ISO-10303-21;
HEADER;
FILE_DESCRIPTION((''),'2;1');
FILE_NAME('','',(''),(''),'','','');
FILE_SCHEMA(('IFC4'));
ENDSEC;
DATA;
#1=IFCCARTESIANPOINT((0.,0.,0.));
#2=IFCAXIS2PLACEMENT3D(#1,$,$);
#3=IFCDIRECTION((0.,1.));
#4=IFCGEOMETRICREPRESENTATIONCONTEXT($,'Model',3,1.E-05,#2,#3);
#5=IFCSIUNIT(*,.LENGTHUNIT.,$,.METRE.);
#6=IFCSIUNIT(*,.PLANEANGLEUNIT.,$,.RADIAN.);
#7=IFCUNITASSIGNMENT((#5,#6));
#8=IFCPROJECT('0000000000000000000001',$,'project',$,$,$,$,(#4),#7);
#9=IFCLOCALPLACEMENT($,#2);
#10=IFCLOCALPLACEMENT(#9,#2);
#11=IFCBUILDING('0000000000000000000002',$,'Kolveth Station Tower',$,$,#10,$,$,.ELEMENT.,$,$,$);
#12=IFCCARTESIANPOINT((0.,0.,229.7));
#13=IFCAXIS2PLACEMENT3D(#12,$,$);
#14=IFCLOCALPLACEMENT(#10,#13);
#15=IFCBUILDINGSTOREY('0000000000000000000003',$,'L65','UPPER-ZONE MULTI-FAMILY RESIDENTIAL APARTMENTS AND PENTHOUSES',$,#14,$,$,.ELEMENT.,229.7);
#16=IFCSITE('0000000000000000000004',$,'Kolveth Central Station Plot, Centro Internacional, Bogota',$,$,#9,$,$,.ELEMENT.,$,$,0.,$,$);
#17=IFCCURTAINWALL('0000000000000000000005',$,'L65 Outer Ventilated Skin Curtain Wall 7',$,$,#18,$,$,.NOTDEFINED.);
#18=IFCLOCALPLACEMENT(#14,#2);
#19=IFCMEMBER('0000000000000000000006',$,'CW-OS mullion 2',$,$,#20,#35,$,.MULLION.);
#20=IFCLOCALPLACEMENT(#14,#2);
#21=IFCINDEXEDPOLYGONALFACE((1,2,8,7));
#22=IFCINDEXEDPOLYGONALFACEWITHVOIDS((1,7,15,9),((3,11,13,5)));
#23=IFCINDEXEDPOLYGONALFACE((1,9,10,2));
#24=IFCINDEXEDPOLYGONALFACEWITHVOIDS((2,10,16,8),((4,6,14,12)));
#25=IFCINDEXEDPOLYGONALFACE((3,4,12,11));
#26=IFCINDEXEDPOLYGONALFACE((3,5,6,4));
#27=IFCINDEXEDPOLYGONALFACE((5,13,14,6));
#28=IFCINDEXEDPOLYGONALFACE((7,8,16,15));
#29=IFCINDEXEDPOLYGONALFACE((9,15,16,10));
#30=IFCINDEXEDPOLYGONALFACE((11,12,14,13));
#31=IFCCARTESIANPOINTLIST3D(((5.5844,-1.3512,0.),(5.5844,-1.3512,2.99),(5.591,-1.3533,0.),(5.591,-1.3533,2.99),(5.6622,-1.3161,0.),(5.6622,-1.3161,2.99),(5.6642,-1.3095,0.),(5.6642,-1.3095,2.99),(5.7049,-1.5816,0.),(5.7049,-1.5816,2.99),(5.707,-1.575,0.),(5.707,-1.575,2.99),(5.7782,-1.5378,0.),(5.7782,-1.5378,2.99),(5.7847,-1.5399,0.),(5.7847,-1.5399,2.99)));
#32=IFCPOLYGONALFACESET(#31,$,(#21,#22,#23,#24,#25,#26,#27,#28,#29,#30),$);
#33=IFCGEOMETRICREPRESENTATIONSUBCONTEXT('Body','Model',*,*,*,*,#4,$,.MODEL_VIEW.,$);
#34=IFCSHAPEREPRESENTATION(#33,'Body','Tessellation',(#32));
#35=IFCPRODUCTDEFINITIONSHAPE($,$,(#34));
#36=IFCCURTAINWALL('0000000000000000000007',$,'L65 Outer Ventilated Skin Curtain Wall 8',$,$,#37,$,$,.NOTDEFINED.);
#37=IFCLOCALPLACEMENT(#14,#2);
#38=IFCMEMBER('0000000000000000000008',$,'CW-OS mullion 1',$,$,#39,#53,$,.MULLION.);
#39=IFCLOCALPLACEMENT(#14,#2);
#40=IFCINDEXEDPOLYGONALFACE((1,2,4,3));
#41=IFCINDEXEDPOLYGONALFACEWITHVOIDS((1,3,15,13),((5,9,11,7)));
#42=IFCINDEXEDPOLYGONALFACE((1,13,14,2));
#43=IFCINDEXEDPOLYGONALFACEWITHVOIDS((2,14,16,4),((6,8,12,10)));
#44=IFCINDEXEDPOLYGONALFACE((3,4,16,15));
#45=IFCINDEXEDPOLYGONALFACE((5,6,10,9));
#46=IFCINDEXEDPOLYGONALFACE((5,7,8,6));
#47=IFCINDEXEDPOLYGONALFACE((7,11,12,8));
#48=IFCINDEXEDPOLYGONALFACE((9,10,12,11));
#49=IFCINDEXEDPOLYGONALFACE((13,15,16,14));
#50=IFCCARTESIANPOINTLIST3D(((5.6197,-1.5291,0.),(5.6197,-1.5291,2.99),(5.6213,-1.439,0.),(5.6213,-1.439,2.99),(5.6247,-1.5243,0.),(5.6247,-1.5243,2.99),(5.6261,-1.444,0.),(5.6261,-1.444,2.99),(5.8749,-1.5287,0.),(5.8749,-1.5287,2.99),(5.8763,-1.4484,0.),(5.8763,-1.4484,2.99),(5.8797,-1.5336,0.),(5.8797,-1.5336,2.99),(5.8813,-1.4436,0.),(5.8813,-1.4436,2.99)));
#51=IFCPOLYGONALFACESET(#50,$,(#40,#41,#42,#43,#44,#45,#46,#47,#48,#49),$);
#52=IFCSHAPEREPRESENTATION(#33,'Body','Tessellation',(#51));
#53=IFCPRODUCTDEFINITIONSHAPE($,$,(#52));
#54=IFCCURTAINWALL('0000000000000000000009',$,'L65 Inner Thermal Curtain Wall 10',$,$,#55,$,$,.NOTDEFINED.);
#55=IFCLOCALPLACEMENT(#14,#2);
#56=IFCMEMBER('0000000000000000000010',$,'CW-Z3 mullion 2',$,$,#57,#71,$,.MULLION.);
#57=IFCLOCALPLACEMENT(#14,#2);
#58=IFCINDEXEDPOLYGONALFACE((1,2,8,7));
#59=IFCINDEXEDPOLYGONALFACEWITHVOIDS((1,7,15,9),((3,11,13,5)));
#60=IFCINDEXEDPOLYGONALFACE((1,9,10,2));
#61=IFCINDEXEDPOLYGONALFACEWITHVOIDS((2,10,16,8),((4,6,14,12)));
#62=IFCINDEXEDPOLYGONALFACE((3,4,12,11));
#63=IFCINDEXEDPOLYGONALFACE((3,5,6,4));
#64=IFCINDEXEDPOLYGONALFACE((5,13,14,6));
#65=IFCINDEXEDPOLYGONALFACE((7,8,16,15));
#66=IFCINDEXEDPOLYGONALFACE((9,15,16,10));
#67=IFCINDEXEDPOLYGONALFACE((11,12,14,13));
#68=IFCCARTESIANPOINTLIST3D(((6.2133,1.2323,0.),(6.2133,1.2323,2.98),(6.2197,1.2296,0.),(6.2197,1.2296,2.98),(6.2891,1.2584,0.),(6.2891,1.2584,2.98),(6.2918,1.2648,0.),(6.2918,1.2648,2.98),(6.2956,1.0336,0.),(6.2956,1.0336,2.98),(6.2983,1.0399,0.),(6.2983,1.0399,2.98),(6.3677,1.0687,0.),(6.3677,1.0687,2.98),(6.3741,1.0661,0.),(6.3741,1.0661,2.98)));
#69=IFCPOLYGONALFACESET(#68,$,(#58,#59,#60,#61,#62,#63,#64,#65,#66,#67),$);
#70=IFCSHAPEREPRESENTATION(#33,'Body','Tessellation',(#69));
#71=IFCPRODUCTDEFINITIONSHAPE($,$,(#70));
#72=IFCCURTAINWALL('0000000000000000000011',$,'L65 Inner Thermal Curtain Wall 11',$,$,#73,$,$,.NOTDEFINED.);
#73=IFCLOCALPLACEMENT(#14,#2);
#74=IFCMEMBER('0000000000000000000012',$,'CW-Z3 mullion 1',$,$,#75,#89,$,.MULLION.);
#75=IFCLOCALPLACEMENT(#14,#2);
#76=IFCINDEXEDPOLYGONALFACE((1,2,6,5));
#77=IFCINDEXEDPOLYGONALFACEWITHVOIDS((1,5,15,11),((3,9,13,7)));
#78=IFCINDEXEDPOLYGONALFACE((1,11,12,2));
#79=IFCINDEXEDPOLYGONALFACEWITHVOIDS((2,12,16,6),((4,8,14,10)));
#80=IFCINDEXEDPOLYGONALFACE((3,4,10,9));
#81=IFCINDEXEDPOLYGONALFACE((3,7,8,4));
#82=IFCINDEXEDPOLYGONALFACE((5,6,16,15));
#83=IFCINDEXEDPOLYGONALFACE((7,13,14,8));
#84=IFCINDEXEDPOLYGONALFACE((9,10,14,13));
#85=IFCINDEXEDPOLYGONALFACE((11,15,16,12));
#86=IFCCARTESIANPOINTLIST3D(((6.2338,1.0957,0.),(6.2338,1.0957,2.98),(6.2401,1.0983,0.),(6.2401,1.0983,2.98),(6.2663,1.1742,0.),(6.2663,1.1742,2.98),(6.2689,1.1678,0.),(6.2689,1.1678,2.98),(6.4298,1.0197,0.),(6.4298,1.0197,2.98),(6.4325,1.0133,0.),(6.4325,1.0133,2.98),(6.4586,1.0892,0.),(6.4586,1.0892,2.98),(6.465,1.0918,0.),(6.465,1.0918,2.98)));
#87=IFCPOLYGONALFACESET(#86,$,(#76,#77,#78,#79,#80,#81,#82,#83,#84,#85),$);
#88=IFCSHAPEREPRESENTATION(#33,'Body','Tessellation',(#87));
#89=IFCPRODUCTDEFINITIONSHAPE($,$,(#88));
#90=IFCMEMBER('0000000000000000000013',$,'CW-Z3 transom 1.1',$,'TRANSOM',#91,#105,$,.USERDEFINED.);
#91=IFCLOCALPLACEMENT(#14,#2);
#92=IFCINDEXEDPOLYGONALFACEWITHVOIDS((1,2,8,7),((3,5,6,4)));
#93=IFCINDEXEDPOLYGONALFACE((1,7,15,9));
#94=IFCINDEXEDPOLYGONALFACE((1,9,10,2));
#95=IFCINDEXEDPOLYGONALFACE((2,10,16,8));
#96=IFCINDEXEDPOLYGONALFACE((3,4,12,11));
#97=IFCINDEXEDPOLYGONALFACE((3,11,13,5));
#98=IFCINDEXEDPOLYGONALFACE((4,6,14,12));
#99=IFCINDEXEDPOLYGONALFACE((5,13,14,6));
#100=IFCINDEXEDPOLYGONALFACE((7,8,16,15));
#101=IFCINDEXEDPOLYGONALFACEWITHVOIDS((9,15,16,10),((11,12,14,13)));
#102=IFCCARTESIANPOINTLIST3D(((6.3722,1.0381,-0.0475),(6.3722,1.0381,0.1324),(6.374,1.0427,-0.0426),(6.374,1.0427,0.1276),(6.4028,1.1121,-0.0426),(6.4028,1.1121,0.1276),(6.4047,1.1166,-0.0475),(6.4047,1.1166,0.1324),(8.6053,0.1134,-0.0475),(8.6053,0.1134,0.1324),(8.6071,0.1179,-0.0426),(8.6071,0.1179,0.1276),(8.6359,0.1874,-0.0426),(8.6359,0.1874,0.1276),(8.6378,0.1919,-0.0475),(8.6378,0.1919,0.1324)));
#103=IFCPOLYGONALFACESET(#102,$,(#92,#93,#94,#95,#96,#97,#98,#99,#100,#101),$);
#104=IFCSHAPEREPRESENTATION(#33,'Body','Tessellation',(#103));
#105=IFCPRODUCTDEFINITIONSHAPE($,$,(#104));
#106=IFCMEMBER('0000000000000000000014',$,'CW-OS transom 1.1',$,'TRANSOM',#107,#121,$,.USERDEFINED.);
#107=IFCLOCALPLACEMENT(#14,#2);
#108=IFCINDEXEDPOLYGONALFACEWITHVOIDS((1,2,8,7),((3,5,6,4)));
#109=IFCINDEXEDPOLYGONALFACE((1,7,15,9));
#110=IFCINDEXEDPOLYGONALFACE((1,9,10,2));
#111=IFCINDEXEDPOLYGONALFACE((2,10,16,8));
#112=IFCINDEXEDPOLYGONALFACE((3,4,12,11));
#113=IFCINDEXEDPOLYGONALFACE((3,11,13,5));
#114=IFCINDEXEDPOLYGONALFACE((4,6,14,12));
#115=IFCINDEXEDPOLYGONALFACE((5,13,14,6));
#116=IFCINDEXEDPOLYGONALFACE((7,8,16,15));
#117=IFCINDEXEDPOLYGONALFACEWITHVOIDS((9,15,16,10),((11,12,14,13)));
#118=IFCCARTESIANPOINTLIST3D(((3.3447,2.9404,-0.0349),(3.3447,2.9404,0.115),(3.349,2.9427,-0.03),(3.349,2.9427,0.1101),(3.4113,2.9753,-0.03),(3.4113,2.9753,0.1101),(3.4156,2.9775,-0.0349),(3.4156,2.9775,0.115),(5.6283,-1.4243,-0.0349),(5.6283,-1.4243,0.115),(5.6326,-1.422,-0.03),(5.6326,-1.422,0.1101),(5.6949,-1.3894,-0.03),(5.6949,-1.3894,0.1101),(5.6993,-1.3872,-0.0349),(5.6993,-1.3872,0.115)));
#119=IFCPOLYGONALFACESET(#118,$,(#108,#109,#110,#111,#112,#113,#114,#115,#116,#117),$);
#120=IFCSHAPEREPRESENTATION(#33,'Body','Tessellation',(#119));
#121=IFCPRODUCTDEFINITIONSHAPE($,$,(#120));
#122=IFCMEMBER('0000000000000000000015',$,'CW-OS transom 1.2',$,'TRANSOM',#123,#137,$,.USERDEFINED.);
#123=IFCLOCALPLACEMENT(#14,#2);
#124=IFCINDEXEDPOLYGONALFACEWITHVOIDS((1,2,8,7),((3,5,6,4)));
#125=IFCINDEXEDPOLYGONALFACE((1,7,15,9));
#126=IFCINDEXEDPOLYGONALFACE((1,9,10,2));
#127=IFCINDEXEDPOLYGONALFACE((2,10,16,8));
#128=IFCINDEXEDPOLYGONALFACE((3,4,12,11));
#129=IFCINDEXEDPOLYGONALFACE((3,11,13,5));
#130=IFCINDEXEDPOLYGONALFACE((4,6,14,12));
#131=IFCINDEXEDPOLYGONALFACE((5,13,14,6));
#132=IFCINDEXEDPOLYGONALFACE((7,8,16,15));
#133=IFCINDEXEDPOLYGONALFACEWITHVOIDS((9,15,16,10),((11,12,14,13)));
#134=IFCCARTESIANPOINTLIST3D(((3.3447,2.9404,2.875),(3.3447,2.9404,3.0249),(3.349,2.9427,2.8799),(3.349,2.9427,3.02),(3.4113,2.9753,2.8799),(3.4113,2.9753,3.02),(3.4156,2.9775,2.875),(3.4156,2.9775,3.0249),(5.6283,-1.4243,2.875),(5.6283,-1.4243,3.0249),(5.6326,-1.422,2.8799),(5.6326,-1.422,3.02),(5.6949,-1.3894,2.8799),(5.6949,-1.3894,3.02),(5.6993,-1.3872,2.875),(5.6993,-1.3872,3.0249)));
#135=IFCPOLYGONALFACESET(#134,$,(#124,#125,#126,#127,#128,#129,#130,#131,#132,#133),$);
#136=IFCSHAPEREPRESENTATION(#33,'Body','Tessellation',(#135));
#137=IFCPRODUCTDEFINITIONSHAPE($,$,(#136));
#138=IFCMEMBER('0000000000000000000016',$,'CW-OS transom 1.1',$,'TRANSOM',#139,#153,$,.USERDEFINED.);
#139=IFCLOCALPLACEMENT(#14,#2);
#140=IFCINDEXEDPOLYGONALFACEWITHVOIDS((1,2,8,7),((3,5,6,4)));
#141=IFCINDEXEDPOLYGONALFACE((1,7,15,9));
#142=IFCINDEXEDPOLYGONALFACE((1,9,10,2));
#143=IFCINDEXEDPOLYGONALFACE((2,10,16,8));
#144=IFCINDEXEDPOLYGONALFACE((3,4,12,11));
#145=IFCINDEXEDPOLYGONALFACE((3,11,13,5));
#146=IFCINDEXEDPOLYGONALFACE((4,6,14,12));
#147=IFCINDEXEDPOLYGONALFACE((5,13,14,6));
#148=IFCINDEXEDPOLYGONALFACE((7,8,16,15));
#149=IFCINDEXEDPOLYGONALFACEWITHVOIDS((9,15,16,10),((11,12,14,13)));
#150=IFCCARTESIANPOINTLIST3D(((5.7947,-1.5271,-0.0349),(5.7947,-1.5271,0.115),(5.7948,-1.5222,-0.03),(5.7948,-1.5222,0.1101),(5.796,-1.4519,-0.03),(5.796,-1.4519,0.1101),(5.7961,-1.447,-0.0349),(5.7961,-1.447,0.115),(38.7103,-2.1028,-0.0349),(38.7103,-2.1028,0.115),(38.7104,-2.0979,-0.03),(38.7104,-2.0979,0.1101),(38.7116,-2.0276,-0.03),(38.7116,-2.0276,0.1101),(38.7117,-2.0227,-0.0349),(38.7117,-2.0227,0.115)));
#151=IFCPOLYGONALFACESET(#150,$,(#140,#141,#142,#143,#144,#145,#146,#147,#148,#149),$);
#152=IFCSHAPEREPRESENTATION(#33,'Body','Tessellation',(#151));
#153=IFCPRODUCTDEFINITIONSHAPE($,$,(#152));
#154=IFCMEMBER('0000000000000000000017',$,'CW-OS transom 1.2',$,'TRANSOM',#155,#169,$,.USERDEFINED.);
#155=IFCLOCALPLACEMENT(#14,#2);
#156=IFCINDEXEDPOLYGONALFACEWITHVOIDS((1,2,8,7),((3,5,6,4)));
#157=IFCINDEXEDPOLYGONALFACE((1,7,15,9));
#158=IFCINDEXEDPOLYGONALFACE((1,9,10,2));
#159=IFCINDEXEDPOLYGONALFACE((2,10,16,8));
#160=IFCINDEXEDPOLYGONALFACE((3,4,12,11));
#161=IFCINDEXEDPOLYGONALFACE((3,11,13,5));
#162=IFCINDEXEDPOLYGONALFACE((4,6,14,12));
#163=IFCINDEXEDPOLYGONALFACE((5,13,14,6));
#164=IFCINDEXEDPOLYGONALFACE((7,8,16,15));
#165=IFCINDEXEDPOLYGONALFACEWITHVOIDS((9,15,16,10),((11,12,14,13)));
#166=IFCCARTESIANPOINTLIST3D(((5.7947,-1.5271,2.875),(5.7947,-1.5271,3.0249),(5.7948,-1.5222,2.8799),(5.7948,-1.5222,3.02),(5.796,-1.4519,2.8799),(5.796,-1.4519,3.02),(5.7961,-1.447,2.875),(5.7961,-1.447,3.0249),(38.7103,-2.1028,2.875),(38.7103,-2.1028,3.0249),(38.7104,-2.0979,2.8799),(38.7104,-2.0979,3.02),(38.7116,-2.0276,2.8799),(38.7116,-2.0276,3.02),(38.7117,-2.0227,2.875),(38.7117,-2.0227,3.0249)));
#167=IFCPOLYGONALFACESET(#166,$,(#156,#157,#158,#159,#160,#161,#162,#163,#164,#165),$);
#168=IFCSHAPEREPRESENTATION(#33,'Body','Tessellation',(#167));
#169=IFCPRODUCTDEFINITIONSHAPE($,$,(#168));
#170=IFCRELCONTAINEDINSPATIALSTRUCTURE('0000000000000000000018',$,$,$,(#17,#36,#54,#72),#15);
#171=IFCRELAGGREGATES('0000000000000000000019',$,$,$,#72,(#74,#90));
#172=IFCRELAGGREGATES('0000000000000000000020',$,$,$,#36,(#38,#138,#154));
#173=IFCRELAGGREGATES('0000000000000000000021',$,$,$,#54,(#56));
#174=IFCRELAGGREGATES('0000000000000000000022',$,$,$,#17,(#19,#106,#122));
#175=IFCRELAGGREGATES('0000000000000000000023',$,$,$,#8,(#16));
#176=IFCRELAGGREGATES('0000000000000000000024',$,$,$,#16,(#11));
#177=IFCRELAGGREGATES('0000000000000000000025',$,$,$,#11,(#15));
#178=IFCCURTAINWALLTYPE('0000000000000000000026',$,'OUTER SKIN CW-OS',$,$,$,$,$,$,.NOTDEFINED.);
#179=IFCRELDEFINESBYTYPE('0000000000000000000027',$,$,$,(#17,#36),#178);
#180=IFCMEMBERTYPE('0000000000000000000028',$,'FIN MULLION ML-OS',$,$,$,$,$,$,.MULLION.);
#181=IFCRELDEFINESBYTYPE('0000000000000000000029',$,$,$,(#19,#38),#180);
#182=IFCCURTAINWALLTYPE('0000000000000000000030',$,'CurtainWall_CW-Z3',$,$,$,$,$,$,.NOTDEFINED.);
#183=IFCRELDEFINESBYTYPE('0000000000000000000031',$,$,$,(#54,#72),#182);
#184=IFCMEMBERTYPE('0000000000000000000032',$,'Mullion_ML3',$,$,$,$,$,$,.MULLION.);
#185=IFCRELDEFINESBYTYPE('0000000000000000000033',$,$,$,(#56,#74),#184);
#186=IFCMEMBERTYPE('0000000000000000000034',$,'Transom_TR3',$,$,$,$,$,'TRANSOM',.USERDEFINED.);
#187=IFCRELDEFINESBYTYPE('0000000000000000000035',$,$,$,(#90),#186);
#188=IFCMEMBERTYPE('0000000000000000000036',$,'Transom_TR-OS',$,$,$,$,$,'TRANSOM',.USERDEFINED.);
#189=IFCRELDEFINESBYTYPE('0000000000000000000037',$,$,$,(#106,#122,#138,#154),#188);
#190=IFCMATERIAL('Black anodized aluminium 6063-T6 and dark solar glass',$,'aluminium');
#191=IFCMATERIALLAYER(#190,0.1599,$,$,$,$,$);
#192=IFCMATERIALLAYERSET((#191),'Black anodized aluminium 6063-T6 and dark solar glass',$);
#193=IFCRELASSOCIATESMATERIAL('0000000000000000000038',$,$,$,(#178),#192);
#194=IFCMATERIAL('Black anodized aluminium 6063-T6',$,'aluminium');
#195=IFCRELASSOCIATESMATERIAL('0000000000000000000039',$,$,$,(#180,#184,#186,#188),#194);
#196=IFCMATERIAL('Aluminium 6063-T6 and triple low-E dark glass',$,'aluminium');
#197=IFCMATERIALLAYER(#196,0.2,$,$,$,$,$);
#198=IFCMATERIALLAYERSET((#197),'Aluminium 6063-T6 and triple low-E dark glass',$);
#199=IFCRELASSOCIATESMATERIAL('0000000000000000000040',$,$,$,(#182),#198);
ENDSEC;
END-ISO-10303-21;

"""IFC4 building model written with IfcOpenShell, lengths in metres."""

from ifc_helpers import new_model, si_unit, direction, frame, origin, origin_2d, place, context, subcontext, project, spatial, hollow_rectangle, extrude, source, transform, mapped, material, layer, layer_set, material_profile, profile_set, type_object, element, aggregate, save


model = new_model("IFC4")

# Units and contexts
model_context = context("Model", 3, precision=1e-05, world=origin(), true_north=direction((0.0, 1.0)))
body_context = subcontext(model_context, "Body", "Model", "MODEL_VIEW")
ifc_project = project(units=[si_unit("LENGTHUNIT", "METRE"), si_unit("PLANEANGLEUNIT", "RADIAN")], contexts=[model_context])

# Site, building, storey
site_placement = place(None, origin())
site = spatial("IfcSite", under=ifc_project, at=site_placement, Name="Kolveth Central Station Plot, Centro Internacional, Bogota", CompositionType="ELEMENT", RefElevation=0.0)
building_placement = place(site_placement, origin())
building = spatial("IfcBuilding", under=site, at=building_placement, Name="Kolveth Station Tower", CompositionType="ELEMENT")
storey_placement = place(building_placement, frame((0.0, 0.0, 229.7)))
storey = spatial("IfcBuildingStorey", under=building, at=storey_placement, Name="L65", Description="UPPER-ZONE MULTI-FAMILY RESIDENTIAL APARTMENTS AND PENTHOUSES", CompositionType="ELEMENT", Elevation=229.7)

# Curtain walls, members
ifc_material_1 = material(Name="Black anodized aluminium 6063-T6 and dark solar glass", Category="aluminium")
ifc_layer_1 = layer(ifc_material_1, 0.1599)
ifc_layer_set_1 = layer_set([ifc_layer_1], Name="Black anodized aluminium 6063-T6 and dark solar glass")
curtain_wall_type_1 = type_object("IfcCurtainWallType", Name="OUTER SKIN CW-OS", PredefinedType="NOTDEFINED", material=ifc_layer_set_1)
curtain_wall_1_placement = place(storey_placement, origin())
curtain_wall_1 = element("IfcCurtainWall", 1, at=curtain_wall_1_placement, inside=storey, type_object=curtain_wall_type_1, Name="L65 Outer Ventilated Skin Curtain Wall 7", PredefinedType="NOTDEFINED")
ifc_material_2 = material(Name="Black anodized aluminium 6063-T6", Category="aluminium")
ifc_material_profile_1 = material_profile(ifc_material_2, hollow_rectangle(XDim=0.0901, YDim=0.26, WallThickness=0.0049, at=origin_2d()), Name="ALU-90x260x5")
ifc_profile_set_1 = profile_set([ifc_material_profile_1], Name="Black anodized aluminium 6063-T6")
member_type_1 = type_object("IfcMemberType", Name="FIN MULLION ML-OS", PredefinedType="MULLION", material=ifc_profile_set_1)
shared_shape_1 = source(origin(), body_context, "Body", "SweptSolid", [
    extrude(hollow_rectangle(XDim=0.0901, YDim=0.26, WallThickness=0.0049, at=origin_2d()), origin(), (0.0, 0.0, 1.0), 2.99),
])
member_1_placement = place(storey_placement, frame((5.6846, -1.4456, 0.0), z_axis=(0.0, 0.0, 1.0), x_axis=(0.886063, 0.463566, 0.0)))
member_1 = element("IfcMember", 2, at=member_1_placement, type_object=member_type_1, Name="CW-OS mullion 2", PredefinedType="MULLION", context=body_context, shape_type="MappedRepresentation", body=[
    mapped(shared_shape_1, transform((0.0, 0.0, 0.0), x_axis=(1.0, 0.0, 0.0), y_axis=(0.0, 1.0, 0.0), z_axis=(0.0, 0.0, 1.0), scale=1.0)),
])
curtain_wall_2_placement = place(storey_placement, origin())
curtain_wall_2 = element("IfcCurtainWall", 3, at=curtain_wall_2_placement, inside=storey, type_object=curtain_wall_type_1, Name="L65 Outer Ventilated Skin Curtain Wall 8", PredefinedType="NOTDEFINED")
member_2_placement = place(storey_placement, frame((5.7505, -1.4863, 0.0), z_axis=(0.0, 0.0, 1.0), x_axis=(0.017489, 0.999847, 0.0)))
member_2 = element("IfcMember", 4, at=member_2_placement, type_object=member_type_1, Name="CW-OS mullion 1", PredefinedType="MULLION", context=body_context, shape_type="MappedRepresentation", body=[
    mapped(shared_shape_1, transform((0.0, 0.0, 0.0), x_axis=(1.0, 0.0, 0.0), y_axis=(0.0, 1.0, 0.0), z_axis=(0.0, 0.0, 1.0), scale=1.0)),
])
ifc_material_3 = material(Name="Aluminium 6063-T6 and triple low-E dark glass", Category="aluminium")
ifc_layer_2 = layer(ifc_material_3, 0.2)
ifc_layer_set_2 = layer_set([ifc_layer_2], Name="Aluminium 6063-T6 and triple low-E dark glass")
curtain_wall_type_2 = type_object("IfcCurtainWallType", Name="CurtainWall_CW-Z3", PredefinedType="NOTDEFINED", material=ifc_layer_set_2)
curtain_wall_3_placement = place(storey_placement, origin())
curtain_wall_3 = element("IfcCurtainWall", 5, at=curtain_wall_3_placement, inside=storey, type_object=curtain_wall_type_2, Name="L65 Inner Thermal Curtain Wall 10", PredefinedType="NOTDEFINED")
ifc_material_profile_2 = material_profile(ifc_material_2, hollow_rectangle(XDim=0.085, YDim=0.2151, WallThickness=0.0049, at=origin_2d()), Name="ALU-85x215x5")
ifc_profile_set_2 = profile_set([ifc_material_profile_2], Name="Black anodized aluminium 6063-T6")
member_type_2 = type_object("IfcMemberType", Name="Mullion_ML3", PredefinedType="MULLION", material=ifc_profile_set_2)
shared_shape_2 = source(origin(), body_context, "Body", "SweptSolid", [
    extrude(hollow_rectangle(XDim=0.085, YDim=0.2151, WallThickness=0.0049, at=origin_2d()), origin(), (0.0, 0.0, 1.0), 2.98),
])
member_3_placement = place(storey_placement, frame((6.2937, 1.1492, 0.0), z_axis=(0.0, 0.0, 1.0), x_axis=(0.923875, 0.382693, 0.0)))
member_3 = element("IfcMember", 6, at=member_3_placement, type_object=member_type_2, Name="CW-Z3 mullion 2", PredefinedType="MULLION", context=body_context, shape_type="MappedRepresentation", body=[
    mapped(shared_shape_2, transform((0.0, 0.0, 0.0), x_axis=(1.0, 0.0, 0.0), y_axis=(0.0, 1.0, 0.0), z_axis=(0.0, 0.0, 1.0), scale=1.0)),
])

# Curtain wall, members
curtain_wall_4_placement = place(storey_placement, origin())
curtain_wall_4 = element("IfcCurtainWall", 7, at=curtain_wall_4_placement, inside=storey, type_object=curtain_wall_type_2, Name="L65 Inner Thermal Curtain Wall 11", PredefinedType="NOTDEFINED")
member_4_placement = place(storey_placement, frame((6.3494, 1.0938, 0.0), z_axis=(0.0, 0.0, 1.0), x_axis=(0.382693, 0.923875, 0.0)))
member_4 = element("IfcMember", 8, at=member_4_placement, type_object=member_type_2, Name="CW-Z3 mullion 1", PredefinedType="MULLION", context=body_context, shape_type="MappedRepresentation", body=[
    mapped(shared_shape_2, transform((0.0, 0.0, 0.0), x_axis=(1.0, 0.0, 0.0), y_axis=(0.0, 1.0, 0.0), z_axis=(0.0, 0.0, 1.0), scale=1.0)),
])
ifc_material_profile_3 = material_profile(ifc_material_2, hollow_rectangle(XDim=0.085, YDim=0.1799, WallThickness=0.0049, at=origin_2d()), Name="ALU-85x180x5")
ifc_profile_set_3 = profile_set([ifc_material_profile_3], Name="Black anodized aluminium 6063-T6")
member_type_3 = type_object("IfcMemberType", Name="Transom_TR3", ElementType="TRANSOM", PredefinedType="USERDEFINED", material=ifc_profile_set_3)
shared_shape_3 = source(origin(), body_context, "Body", "SweptSolid", [
    extrude(hollow_rectangle(XDim=0.085, YDim=0.1799, WallThickness=0.0049, at=origin_2d()), origin(), (0.0, 0.0, 1.0), 2.417),
])
member_5_placement = place(storey_placement, frame((6.3884, 1.0774, 0.0425), z_axis=(0.923909, -0.382613, 0.0), x_axis=(0.382613, 0.923909, 0.0)))
member_5 = element("IfcMember", 9, at=member_5_placement, type_object=member_type_3, Name="CW-Z3 transom 1.1", ObjectType="TRANSOM", PredefinedType="USERDEFINED", context=body_context, shape_type="MappedRepresentation", body=[
    mapped(shared_shape_3, transform((0.0, 0.0, 0.0), x_axis=(1.0, 0.0, 0.0), y_axis=(0.0, 1.0, 0.0), z_axis=(0.0, 0.0, 1.0), scale=1.0)),
])
aggregate(curtain_wall_4, [member_4, member_5])

# Members
ifc_material_profile_4 = material_profile(ifc_material_2, hollow_rectangle(XDim=0.0801, YDim=0.1499, WallThickness=0.0049, at=origin_2d()), Name="ALU-80x150x5")
ifc_profile_set_4 = profile_set([ifc_material_profile_4], Name="Black anodized aluminium 6063-T6")
member_type_4 = type_object("IfcMemberType", Name="Transom_TR-OS", ElementType="TRANSOM", PredefinedType="USERDEFINED", material=ifc_profile_set_4)
shared_shape_4 = source(origin(), body_context, "Body", "SweptSolid", [
    extrude(hollow_rectangle(XDim=0.0801, YDim=0.1499, WallThickness=0.0049, at=origin_2d()), origin(), (0.0, 0.0, 1.0), 4.926),
])
member_6_placement = place(storey_placement, frame((3.3801, 2.959, 0.04), z_axis=(0.463592, -0.886049, 0.0), x_axis=(0.886049, 0.463592, 0.0)))
member_6 = element("IfcMember", 10, at=member_6_placement, type_object=member_type_4, Name="CW-OS transom 1.1", ObjectType="TRANSOM", PredefinedType="USERDEFINED", context=body_context, shape_type="MappedRepresentation", body=[
    mapped(shared_shape_4, transform((0.0, 0.0, 0.0), x_axis=(1.0, 0.0, 0.0), y_axis=(0.0, 1.0, 0.0), z_axis=(0.0, 0.0, 1.0), scale=1.0)),
])
member_7_placement = place(storey_placement, frame((3.3801, 2.959, 2.95), z_axis=(0.463592, -0.886049, 0.0), x_axis=(0.886049, 0.463592, 0.0)))
member_7 = element("IfcMember", 11, at=member_7_placement, type_object=member_type_4, Name="CW-OS transom 1.2", ObjectType="TRANSOM", PredefinedType="USERDEFINED", context=body_context, shape_type="MappedRepresentation", body=[
    mapped(shared_shape_4, transform((0.0, 0.0, 0.0), x_axis=(1.0, 0.0, 0.0), y_axis=(0.0, 1.0, 0.0), z_axis=(0.0, 0.0, 1.0), scale=1.0)),
])
shared_shape_5 = source(origin(), body_context, "Body", "SweptSolid", [
    extrude(hollow_rectangle(XDim=0.0801, YDim=0.1499, WallThickness=0.0049, at=origin_2d()), origin(), (0.0, 0.0, 1.0), 32.9207),
])
member_8_placement = place(storey_placement, frame((5.7954, -1.4871, 0.04), z_axis=(0.999847, -0.017487, 0.0), x_axis=(0.017487, 0.999847, 0.0)))
member_8 = element("IfcMember", 12, at=member_8_placement, type_object=member_type_4, Name="CW-OS transom 1.1", ObjectType="TRANSOM", PredefinedType="USERDEFINED", context=body_context, shape_type="MappedRepresentation", body=[
    mapped(shared_shape_5, transform((0.0, 0.0, 0.0), x_axis=(1.0, 0.0, 0.0), y_axis=(0.0, 1.0, 0.0), z_axis=(0.0, 0.0, 1.0), scale=1.0)),
])
member_9_placement = place(storey_placement, frame((5.7954, -1.4871, 2.95), z_axis=(0.999847, -0.017487, 0.0), x_axis=(0.017487, 0.999847, 0.0)))
member_9 = element("IfcMember", 13, at=member_9_placement, type_object=member_type_4, Name="CW-OS transom 1.2", ObjectType="TRANSOM", PredefinedType="USERDEFINED", context=body_context, shape_type="MappedRepresentation", body=[
    mapped(shared_shape_5, transform((0.0, 0.0, 0.0), x_axis=(1.0, 0.0, 0.0), y_axis=(0.0, 1.0, 0.0), z_axis=(0.0, 0.0, 1.0), scale=1.0)),
])
aggregate(curtain_wall_2, [member_2, member_8, member_9])

aggregate(curtain_wall_3, [member_3])
aggregate(curtain_wall_1, [member_1, member_6, member_7])

save(model, "model.ifc")
